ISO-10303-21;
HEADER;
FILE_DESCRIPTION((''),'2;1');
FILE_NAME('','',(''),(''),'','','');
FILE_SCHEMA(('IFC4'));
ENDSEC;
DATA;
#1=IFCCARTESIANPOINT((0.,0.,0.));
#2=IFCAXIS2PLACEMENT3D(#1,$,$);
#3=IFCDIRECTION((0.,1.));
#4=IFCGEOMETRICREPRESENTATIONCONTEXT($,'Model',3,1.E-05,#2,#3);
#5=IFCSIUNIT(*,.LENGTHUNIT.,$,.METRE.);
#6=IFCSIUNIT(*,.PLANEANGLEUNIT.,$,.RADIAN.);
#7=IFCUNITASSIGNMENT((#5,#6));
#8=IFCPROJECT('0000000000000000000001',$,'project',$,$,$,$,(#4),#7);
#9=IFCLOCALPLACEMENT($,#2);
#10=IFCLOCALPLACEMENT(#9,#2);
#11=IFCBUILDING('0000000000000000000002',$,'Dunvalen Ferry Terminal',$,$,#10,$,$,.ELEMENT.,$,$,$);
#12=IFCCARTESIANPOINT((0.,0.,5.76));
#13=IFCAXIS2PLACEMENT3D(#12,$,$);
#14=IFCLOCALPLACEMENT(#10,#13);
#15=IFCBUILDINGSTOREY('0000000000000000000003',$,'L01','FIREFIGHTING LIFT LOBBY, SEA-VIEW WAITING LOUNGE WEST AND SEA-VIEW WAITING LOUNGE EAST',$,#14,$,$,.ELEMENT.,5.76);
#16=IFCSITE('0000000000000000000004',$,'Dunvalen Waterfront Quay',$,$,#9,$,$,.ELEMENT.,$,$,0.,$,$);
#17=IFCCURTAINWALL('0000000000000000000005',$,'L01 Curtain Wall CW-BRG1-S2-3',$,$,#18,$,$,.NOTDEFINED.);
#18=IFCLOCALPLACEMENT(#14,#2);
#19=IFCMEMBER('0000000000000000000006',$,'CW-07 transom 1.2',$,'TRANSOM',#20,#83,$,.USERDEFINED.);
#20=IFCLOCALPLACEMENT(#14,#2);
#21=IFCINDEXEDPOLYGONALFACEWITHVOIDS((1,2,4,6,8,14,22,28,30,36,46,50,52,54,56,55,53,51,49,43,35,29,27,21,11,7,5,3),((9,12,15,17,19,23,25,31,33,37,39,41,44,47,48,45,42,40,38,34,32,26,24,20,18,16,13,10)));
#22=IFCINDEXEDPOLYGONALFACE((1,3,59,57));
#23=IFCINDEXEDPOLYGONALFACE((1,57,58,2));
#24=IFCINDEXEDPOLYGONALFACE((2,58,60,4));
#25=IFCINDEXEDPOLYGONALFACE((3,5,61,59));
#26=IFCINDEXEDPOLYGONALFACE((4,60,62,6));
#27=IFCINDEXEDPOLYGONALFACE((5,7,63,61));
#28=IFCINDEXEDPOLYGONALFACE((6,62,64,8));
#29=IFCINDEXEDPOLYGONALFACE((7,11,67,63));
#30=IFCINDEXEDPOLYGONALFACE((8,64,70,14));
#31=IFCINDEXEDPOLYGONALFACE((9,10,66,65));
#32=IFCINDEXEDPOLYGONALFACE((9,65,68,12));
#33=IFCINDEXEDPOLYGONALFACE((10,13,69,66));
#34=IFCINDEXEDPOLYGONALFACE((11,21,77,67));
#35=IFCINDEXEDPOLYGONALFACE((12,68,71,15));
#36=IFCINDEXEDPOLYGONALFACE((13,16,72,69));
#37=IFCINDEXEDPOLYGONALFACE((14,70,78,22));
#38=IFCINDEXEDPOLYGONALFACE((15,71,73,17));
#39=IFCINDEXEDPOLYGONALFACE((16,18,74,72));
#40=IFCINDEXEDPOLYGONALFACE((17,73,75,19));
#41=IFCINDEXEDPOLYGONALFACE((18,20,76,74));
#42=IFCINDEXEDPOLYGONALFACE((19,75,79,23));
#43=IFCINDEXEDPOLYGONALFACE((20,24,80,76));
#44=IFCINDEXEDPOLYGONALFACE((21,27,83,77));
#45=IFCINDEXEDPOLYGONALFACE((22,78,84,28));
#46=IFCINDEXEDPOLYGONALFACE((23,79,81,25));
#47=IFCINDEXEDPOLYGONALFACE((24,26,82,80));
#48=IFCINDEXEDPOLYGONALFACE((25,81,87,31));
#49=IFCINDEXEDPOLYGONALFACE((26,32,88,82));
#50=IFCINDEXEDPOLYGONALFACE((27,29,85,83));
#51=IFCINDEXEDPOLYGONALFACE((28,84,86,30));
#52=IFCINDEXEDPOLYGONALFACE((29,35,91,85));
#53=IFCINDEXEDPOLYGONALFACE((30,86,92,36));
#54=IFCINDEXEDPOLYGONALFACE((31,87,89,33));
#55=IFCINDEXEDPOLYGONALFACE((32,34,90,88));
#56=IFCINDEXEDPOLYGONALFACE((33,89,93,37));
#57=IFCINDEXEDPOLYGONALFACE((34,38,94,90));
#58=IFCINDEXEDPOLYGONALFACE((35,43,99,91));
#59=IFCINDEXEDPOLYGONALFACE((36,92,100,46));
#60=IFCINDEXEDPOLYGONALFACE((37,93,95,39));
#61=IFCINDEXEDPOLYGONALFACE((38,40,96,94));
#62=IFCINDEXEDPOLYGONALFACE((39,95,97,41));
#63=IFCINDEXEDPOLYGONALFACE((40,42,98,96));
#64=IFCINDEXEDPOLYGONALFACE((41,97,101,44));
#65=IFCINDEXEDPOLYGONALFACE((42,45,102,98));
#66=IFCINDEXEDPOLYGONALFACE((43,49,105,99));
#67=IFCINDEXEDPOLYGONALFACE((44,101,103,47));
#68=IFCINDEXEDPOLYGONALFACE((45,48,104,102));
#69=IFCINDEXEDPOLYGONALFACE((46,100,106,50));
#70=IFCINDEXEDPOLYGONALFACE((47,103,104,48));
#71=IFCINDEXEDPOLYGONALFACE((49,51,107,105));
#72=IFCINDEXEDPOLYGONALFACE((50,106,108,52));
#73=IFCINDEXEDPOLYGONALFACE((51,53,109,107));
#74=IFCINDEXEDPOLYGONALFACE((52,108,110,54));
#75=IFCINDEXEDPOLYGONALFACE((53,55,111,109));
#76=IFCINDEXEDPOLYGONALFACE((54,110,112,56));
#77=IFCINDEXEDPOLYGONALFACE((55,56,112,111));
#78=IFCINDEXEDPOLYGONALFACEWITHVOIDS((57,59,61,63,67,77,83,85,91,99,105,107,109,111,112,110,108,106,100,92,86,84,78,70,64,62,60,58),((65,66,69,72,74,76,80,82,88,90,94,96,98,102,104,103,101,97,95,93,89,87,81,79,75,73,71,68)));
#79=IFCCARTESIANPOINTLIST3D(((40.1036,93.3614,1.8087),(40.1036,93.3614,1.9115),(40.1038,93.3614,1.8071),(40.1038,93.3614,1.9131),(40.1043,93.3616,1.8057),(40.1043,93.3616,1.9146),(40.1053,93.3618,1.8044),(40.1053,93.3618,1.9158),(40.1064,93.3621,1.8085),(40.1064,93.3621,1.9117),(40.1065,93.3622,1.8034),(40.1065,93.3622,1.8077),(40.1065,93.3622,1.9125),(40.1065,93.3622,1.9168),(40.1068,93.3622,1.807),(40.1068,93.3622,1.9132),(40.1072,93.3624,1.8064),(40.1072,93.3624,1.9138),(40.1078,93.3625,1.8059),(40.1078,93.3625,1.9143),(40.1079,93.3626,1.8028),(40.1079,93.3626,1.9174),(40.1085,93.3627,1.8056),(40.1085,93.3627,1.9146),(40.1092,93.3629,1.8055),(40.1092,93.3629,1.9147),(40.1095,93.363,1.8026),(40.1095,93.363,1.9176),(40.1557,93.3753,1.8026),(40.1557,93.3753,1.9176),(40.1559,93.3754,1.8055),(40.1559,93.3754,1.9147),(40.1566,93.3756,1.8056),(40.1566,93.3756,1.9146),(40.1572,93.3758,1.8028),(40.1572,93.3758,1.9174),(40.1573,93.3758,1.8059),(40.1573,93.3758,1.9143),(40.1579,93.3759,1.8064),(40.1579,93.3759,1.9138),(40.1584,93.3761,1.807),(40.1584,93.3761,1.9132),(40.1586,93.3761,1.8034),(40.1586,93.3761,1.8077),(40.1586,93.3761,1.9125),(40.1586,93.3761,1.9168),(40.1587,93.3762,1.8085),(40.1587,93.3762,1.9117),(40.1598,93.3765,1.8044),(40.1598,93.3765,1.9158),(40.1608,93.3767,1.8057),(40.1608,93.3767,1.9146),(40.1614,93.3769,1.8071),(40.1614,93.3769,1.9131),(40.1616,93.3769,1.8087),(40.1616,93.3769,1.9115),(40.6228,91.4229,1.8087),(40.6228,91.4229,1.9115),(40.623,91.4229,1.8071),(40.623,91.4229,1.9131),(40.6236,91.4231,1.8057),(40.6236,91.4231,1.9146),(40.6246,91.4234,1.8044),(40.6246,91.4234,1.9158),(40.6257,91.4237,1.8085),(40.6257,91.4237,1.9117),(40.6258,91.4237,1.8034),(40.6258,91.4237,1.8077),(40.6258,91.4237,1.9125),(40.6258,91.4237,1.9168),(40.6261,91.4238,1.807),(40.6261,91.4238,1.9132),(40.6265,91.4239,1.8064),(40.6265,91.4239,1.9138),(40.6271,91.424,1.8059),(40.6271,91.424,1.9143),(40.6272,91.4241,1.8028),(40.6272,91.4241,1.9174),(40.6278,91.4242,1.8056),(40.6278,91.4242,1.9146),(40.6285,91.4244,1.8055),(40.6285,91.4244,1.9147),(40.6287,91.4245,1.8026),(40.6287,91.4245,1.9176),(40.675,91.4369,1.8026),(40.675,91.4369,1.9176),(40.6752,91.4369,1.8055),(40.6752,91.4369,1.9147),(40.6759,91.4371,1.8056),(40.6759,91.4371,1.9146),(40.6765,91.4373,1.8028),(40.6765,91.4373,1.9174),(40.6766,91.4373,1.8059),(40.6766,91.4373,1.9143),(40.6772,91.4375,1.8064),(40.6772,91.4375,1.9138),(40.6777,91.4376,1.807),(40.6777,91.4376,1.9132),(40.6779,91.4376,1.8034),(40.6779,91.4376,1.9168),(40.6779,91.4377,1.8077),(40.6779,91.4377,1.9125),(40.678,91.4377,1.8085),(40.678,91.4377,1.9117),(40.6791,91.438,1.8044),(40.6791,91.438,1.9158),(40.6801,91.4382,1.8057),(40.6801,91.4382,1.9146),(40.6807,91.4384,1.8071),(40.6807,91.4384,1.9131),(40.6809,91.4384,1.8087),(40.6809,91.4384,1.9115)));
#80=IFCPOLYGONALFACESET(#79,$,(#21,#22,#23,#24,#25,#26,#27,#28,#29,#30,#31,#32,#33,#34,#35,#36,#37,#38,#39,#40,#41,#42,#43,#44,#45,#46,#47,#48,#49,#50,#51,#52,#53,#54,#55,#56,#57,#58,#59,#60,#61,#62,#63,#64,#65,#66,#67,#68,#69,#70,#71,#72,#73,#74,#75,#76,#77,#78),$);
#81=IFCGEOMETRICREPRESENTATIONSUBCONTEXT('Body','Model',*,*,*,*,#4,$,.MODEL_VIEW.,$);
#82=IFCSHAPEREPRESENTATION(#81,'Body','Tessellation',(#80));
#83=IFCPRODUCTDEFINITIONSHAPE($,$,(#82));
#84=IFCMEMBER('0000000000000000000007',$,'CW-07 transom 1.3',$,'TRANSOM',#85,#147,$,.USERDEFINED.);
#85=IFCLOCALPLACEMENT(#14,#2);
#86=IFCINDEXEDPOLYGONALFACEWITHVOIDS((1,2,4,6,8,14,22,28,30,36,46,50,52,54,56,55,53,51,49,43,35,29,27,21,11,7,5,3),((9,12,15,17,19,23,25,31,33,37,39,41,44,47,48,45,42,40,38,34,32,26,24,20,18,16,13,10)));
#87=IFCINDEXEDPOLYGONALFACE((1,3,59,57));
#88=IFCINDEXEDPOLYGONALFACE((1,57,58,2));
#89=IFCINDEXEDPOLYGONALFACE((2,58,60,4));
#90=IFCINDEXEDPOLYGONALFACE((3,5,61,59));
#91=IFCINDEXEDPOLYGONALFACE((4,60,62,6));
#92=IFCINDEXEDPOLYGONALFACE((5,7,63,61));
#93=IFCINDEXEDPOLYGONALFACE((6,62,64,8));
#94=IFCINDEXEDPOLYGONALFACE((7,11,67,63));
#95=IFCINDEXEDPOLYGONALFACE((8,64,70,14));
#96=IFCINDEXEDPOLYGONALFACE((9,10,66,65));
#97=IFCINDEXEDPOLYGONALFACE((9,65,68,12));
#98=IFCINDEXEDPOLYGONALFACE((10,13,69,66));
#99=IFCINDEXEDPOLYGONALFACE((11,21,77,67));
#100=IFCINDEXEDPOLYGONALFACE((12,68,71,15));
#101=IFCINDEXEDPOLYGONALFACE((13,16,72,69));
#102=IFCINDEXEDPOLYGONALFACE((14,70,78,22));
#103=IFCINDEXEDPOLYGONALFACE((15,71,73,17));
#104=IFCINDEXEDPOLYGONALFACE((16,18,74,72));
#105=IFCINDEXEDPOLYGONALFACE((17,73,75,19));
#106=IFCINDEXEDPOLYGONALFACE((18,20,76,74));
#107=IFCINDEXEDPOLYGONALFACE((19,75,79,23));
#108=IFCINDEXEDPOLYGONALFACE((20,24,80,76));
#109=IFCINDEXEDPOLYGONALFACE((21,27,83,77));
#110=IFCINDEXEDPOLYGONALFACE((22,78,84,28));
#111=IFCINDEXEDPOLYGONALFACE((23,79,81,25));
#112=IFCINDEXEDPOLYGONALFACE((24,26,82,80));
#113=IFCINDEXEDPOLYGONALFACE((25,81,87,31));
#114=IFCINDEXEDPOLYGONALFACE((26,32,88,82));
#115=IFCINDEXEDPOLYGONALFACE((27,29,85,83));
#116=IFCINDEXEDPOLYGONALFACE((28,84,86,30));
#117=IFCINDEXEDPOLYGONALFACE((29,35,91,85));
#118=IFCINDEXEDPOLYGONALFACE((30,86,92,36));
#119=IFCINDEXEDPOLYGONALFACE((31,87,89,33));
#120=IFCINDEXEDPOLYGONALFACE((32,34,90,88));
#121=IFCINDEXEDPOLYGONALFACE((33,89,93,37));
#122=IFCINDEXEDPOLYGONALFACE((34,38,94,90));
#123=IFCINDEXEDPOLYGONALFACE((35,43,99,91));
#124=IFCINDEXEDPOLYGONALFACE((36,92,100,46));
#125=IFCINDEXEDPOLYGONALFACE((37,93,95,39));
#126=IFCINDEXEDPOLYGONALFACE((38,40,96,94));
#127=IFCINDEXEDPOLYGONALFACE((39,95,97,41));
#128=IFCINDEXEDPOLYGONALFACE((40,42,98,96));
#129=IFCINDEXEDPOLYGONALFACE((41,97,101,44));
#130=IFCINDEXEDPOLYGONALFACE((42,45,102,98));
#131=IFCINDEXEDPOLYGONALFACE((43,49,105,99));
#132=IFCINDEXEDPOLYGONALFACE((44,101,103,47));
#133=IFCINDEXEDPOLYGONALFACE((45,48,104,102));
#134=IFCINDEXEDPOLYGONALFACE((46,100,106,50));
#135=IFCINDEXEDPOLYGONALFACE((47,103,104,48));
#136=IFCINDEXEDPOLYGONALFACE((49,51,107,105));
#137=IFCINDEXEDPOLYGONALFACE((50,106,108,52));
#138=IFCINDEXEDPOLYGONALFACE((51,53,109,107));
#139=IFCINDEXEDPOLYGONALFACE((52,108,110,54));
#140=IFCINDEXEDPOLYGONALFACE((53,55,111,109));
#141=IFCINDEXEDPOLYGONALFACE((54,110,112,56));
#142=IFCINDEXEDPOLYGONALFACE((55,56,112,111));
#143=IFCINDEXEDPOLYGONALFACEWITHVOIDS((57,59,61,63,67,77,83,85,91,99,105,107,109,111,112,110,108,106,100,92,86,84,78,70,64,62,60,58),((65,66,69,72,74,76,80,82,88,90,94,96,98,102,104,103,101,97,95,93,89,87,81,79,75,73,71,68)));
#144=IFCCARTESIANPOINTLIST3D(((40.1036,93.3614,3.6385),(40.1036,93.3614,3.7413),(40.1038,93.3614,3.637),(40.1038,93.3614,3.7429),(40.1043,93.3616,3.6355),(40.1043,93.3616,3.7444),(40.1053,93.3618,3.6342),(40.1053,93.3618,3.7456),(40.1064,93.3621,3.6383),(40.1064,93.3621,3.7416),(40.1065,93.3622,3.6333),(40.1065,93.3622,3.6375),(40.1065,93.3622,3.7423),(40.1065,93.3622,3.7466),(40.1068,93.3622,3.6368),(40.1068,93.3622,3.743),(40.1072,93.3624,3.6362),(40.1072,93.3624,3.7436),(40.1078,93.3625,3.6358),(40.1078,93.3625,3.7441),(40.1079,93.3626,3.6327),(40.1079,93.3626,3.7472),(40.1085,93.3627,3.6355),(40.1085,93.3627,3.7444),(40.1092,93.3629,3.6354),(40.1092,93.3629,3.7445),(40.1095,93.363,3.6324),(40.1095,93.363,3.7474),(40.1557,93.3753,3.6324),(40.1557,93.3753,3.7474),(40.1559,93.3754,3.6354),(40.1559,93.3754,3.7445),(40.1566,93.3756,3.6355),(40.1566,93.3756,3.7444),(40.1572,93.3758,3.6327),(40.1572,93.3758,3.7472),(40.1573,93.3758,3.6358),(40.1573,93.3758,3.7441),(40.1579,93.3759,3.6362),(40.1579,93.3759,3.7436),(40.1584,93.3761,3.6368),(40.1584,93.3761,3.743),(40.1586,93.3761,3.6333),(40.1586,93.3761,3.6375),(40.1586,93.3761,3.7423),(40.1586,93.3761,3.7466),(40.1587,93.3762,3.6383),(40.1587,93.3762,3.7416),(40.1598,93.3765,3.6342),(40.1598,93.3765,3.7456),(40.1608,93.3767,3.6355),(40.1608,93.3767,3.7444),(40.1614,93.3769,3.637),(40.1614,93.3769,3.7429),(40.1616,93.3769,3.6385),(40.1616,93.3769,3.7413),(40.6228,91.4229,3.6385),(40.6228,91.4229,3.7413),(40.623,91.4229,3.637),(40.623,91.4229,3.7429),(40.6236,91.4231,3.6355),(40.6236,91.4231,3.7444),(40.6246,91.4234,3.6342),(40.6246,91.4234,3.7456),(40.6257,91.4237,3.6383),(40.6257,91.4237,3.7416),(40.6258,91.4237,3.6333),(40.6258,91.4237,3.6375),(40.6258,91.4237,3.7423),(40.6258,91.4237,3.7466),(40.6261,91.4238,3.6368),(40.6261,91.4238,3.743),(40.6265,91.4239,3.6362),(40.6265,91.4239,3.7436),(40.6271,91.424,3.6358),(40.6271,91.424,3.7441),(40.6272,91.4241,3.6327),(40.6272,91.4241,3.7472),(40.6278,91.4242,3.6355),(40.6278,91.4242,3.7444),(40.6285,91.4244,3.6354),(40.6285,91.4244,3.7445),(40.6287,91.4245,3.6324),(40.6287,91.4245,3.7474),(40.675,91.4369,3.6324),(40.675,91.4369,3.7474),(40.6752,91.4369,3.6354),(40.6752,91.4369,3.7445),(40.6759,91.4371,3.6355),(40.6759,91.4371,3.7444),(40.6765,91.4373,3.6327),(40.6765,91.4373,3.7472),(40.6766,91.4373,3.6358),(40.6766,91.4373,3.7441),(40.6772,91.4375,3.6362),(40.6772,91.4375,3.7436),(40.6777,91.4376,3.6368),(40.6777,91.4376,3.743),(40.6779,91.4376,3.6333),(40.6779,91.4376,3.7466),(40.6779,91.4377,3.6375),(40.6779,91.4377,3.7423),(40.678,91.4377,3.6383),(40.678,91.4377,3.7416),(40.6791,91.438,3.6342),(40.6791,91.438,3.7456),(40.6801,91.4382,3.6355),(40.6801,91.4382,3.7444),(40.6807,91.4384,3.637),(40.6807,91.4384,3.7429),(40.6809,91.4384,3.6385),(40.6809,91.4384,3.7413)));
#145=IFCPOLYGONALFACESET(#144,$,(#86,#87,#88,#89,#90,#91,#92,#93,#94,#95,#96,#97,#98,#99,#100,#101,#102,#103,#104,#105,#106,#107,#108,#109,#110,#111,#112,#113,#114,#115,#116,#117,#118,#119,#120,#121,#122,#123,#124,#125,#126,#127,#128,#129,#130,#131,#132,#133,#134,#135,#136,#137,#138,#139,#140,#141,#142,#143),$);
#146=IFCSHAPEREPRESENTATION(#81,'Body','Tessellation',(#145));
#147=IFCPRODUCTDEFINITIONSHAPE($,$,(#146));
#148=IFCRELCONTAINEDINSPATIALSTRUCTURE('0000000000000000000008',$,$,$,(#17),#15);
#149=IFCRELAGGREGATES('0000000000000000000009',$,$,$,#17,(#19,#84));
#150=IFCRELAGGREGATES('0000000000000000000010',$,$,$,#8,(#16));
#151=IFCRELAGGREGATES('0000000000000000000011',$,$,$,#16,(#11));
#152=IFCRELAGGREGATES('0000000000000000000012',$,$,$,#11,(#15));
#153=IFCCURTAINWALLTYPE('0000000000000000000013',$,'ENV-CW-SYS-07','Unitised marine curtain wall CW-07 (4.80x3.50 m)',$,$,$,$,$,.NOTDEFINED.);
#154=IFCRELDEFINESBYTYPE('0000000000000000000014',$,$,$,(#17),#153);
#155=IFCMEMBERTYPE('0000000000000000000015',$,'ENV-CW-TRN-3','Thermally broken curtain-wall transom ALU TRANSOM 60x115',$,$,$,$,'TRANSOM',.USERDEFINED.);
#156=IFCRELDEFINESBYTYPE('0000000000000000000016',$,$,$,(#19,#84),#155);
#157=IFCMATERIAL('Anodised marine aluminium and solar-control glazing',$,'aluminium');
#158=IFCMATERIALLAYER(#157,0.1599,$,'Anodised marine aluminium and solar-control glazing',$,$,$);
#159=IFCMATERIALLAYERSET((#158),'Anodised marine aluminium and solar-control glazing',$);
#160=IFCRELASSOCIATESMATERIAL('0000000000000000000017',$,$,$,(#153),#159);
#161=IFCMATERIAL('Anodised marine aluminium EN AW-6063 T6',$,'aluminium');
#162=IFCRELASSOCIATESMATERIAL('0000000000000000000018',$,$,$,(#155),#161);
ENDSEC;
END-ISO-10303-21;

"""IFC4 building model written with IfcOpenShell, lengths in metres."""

from ifc_helpers import new_model, si_unit, direction, frame, origin, origin_2d, place, context, subcontext, project, spatial, hollow_rectangle, extrude, material, layer, layer_set, material_profile, profile_set, type_object, element, aggregate, save


model = new_model("IFC4")

# Units and contexts
model_context = context("Model", 3, precision=1e-05, world=origin(), true_north=direction((0.0, 1.0)))
body_context = subcontext(model_context, "Body", "Model", "MODEL_VIEW")
ifc_project = project(units=[si_unit("LENGTHUNIT", "METRE"), si_unit("PLANEANGLEUNIT", "RADIAN")], contexts=[model_context])

# Site, building, storey
site_placement = place(None, origin())
site = spatial("IfcSite", under=ifc_project, at=site_placement, Name="Dunvalen Waterfront Quay", CompositionType="ELEMENT", RefElevation=0.0)
building_placement = place(site_placement, origin())
building = spatial("IfcBuilding", under=site, at=building_placement, Name="Dunvalen Ferry Terminal", CompositionType="ELEMENT")
storey_placement = place(building_placement, frame((0.0, 0.0, 5.76)))
storey = spatial("IfcBuildingStorey", under=building, at=storey_placement, Name="L01", Description="FIREFIGHTING LIFT LOBBY, SEA-VIEW WAITING LOUNGE WEST AND SEA-VIEW WAITING LOUNGE EAST", CompositionType="ELEMENT", Elevation=5.76)

# Curtain wall
ifc_material_1 = material(Name="Anodised marine aluminium and solar-control glazing", Category="aluminium")
ifc_layer_1 = layer(ifc_material_1, 0.1599, Name="Anodised marine aluminium and solar-control glazing")
ifc_layer_set_1 = layer_set([ifc_layer_1], Name="Anodised marine aluminium and solar-control glazing")
curtain_wall_type = type_object("IfcCurtainWallType", Name="ENV-CW-SYS-07", Description="Unitised marine curtain wall CW-07 (4.80x3.50 m)", PredefinedType="NOTDEFINED", material=ifc_layer_set_1)
ifc_material_2 = material(Name="Anodised marine aluminium EN AW-6063 T6", Category="aluminium")
curtain_wall_1_placement = place(storey_placement, origin())
curtain_wall_1 = element("IfcCurtainWall", 1, at=curtain_wall_1_placement, inside=storey, type_object=curtain_wall_type, Name="L01 Curtain Wall CW-BRG1-S2-3", PredefinedType="NOTDEFINED")

# Members
ifc_material_profile_1 = material_profile(ifc_material_2, hollow_rectangle(XDim=0.0601, YDim=0.115, WallThickness=0.0029, InnerFilletRadius=0.0029, OuterFilletRadius=0.0061, at=origin_2d()), Name="Anodised marine aluminium EN AW-6063 T6")
ifc_profile_set_1 = profile_set([ifc_material_profile_1], Name="Anodised marine aluminium EN AW-6063 T6")
member_type_1 = type_object("IfcMemberType", Name="ENV-CW-TRN-3", Description="Thermally broken curtain-wall transom ALU TRANSOM 60x115", ElementType="TRANSOM", PredefinedType="USERDEFINED", material=ifc_profile_set_1)
member_1_placement = place(storey_placement, frame((40.6519, 91.4307, 1.8601), z_axis=(-0.25876, 0.965942, 0.0), x_axis=(-0.965942, -0.25876, 0.0)))
member_1 = element("IfcMember", 2, at=member_1_placement, type_object=member_type_1, Name="CW-07 transom 1.2", ObjectType="TRANSOM", PredefinedType="USERDEFINED", context=body_context, shape_type="SweptSolid", body=[
    extrude(hollow_rectangle(XDim=0.0601, YDim=0.115, WallThickness=0.0029, InnerFilletRadius=0.0029, OuterFilletRadius=0.0061, at=origin_2d()), origin(), (0.0, 0.0, 1.0), 2.0068),
])
member_2_placement = place(storey_placement, frame((40.6519, 91.4307, 3.6899), z_axis=(-0.25876, 0.965942, 0.0), x_axis=(-0.965942, -0.25876, 0.0)))
member_2 = element("IfcMember", 3, at=member_2_placement, type_object=member_type_1, Name="CW-07 transom 1.3", ObjectType="TRANSOM", PredefinedType="USERDEFINED", context=body_context, shape_type="SweptSolid", body=[
    extrude(hollow_rectangle(XDim=0.0601, YDim=0.115, WallThickness=0.0029, InnerFilletRadius=0.0029, OuterFilletRadius=0.0061, at=origin_2d()), origin(), (0.0, 0.0, 1.0), 2.0068),
])

aggregate(curtain_wall_1, [member_1, member_2])

save(model, "model.ifc")
